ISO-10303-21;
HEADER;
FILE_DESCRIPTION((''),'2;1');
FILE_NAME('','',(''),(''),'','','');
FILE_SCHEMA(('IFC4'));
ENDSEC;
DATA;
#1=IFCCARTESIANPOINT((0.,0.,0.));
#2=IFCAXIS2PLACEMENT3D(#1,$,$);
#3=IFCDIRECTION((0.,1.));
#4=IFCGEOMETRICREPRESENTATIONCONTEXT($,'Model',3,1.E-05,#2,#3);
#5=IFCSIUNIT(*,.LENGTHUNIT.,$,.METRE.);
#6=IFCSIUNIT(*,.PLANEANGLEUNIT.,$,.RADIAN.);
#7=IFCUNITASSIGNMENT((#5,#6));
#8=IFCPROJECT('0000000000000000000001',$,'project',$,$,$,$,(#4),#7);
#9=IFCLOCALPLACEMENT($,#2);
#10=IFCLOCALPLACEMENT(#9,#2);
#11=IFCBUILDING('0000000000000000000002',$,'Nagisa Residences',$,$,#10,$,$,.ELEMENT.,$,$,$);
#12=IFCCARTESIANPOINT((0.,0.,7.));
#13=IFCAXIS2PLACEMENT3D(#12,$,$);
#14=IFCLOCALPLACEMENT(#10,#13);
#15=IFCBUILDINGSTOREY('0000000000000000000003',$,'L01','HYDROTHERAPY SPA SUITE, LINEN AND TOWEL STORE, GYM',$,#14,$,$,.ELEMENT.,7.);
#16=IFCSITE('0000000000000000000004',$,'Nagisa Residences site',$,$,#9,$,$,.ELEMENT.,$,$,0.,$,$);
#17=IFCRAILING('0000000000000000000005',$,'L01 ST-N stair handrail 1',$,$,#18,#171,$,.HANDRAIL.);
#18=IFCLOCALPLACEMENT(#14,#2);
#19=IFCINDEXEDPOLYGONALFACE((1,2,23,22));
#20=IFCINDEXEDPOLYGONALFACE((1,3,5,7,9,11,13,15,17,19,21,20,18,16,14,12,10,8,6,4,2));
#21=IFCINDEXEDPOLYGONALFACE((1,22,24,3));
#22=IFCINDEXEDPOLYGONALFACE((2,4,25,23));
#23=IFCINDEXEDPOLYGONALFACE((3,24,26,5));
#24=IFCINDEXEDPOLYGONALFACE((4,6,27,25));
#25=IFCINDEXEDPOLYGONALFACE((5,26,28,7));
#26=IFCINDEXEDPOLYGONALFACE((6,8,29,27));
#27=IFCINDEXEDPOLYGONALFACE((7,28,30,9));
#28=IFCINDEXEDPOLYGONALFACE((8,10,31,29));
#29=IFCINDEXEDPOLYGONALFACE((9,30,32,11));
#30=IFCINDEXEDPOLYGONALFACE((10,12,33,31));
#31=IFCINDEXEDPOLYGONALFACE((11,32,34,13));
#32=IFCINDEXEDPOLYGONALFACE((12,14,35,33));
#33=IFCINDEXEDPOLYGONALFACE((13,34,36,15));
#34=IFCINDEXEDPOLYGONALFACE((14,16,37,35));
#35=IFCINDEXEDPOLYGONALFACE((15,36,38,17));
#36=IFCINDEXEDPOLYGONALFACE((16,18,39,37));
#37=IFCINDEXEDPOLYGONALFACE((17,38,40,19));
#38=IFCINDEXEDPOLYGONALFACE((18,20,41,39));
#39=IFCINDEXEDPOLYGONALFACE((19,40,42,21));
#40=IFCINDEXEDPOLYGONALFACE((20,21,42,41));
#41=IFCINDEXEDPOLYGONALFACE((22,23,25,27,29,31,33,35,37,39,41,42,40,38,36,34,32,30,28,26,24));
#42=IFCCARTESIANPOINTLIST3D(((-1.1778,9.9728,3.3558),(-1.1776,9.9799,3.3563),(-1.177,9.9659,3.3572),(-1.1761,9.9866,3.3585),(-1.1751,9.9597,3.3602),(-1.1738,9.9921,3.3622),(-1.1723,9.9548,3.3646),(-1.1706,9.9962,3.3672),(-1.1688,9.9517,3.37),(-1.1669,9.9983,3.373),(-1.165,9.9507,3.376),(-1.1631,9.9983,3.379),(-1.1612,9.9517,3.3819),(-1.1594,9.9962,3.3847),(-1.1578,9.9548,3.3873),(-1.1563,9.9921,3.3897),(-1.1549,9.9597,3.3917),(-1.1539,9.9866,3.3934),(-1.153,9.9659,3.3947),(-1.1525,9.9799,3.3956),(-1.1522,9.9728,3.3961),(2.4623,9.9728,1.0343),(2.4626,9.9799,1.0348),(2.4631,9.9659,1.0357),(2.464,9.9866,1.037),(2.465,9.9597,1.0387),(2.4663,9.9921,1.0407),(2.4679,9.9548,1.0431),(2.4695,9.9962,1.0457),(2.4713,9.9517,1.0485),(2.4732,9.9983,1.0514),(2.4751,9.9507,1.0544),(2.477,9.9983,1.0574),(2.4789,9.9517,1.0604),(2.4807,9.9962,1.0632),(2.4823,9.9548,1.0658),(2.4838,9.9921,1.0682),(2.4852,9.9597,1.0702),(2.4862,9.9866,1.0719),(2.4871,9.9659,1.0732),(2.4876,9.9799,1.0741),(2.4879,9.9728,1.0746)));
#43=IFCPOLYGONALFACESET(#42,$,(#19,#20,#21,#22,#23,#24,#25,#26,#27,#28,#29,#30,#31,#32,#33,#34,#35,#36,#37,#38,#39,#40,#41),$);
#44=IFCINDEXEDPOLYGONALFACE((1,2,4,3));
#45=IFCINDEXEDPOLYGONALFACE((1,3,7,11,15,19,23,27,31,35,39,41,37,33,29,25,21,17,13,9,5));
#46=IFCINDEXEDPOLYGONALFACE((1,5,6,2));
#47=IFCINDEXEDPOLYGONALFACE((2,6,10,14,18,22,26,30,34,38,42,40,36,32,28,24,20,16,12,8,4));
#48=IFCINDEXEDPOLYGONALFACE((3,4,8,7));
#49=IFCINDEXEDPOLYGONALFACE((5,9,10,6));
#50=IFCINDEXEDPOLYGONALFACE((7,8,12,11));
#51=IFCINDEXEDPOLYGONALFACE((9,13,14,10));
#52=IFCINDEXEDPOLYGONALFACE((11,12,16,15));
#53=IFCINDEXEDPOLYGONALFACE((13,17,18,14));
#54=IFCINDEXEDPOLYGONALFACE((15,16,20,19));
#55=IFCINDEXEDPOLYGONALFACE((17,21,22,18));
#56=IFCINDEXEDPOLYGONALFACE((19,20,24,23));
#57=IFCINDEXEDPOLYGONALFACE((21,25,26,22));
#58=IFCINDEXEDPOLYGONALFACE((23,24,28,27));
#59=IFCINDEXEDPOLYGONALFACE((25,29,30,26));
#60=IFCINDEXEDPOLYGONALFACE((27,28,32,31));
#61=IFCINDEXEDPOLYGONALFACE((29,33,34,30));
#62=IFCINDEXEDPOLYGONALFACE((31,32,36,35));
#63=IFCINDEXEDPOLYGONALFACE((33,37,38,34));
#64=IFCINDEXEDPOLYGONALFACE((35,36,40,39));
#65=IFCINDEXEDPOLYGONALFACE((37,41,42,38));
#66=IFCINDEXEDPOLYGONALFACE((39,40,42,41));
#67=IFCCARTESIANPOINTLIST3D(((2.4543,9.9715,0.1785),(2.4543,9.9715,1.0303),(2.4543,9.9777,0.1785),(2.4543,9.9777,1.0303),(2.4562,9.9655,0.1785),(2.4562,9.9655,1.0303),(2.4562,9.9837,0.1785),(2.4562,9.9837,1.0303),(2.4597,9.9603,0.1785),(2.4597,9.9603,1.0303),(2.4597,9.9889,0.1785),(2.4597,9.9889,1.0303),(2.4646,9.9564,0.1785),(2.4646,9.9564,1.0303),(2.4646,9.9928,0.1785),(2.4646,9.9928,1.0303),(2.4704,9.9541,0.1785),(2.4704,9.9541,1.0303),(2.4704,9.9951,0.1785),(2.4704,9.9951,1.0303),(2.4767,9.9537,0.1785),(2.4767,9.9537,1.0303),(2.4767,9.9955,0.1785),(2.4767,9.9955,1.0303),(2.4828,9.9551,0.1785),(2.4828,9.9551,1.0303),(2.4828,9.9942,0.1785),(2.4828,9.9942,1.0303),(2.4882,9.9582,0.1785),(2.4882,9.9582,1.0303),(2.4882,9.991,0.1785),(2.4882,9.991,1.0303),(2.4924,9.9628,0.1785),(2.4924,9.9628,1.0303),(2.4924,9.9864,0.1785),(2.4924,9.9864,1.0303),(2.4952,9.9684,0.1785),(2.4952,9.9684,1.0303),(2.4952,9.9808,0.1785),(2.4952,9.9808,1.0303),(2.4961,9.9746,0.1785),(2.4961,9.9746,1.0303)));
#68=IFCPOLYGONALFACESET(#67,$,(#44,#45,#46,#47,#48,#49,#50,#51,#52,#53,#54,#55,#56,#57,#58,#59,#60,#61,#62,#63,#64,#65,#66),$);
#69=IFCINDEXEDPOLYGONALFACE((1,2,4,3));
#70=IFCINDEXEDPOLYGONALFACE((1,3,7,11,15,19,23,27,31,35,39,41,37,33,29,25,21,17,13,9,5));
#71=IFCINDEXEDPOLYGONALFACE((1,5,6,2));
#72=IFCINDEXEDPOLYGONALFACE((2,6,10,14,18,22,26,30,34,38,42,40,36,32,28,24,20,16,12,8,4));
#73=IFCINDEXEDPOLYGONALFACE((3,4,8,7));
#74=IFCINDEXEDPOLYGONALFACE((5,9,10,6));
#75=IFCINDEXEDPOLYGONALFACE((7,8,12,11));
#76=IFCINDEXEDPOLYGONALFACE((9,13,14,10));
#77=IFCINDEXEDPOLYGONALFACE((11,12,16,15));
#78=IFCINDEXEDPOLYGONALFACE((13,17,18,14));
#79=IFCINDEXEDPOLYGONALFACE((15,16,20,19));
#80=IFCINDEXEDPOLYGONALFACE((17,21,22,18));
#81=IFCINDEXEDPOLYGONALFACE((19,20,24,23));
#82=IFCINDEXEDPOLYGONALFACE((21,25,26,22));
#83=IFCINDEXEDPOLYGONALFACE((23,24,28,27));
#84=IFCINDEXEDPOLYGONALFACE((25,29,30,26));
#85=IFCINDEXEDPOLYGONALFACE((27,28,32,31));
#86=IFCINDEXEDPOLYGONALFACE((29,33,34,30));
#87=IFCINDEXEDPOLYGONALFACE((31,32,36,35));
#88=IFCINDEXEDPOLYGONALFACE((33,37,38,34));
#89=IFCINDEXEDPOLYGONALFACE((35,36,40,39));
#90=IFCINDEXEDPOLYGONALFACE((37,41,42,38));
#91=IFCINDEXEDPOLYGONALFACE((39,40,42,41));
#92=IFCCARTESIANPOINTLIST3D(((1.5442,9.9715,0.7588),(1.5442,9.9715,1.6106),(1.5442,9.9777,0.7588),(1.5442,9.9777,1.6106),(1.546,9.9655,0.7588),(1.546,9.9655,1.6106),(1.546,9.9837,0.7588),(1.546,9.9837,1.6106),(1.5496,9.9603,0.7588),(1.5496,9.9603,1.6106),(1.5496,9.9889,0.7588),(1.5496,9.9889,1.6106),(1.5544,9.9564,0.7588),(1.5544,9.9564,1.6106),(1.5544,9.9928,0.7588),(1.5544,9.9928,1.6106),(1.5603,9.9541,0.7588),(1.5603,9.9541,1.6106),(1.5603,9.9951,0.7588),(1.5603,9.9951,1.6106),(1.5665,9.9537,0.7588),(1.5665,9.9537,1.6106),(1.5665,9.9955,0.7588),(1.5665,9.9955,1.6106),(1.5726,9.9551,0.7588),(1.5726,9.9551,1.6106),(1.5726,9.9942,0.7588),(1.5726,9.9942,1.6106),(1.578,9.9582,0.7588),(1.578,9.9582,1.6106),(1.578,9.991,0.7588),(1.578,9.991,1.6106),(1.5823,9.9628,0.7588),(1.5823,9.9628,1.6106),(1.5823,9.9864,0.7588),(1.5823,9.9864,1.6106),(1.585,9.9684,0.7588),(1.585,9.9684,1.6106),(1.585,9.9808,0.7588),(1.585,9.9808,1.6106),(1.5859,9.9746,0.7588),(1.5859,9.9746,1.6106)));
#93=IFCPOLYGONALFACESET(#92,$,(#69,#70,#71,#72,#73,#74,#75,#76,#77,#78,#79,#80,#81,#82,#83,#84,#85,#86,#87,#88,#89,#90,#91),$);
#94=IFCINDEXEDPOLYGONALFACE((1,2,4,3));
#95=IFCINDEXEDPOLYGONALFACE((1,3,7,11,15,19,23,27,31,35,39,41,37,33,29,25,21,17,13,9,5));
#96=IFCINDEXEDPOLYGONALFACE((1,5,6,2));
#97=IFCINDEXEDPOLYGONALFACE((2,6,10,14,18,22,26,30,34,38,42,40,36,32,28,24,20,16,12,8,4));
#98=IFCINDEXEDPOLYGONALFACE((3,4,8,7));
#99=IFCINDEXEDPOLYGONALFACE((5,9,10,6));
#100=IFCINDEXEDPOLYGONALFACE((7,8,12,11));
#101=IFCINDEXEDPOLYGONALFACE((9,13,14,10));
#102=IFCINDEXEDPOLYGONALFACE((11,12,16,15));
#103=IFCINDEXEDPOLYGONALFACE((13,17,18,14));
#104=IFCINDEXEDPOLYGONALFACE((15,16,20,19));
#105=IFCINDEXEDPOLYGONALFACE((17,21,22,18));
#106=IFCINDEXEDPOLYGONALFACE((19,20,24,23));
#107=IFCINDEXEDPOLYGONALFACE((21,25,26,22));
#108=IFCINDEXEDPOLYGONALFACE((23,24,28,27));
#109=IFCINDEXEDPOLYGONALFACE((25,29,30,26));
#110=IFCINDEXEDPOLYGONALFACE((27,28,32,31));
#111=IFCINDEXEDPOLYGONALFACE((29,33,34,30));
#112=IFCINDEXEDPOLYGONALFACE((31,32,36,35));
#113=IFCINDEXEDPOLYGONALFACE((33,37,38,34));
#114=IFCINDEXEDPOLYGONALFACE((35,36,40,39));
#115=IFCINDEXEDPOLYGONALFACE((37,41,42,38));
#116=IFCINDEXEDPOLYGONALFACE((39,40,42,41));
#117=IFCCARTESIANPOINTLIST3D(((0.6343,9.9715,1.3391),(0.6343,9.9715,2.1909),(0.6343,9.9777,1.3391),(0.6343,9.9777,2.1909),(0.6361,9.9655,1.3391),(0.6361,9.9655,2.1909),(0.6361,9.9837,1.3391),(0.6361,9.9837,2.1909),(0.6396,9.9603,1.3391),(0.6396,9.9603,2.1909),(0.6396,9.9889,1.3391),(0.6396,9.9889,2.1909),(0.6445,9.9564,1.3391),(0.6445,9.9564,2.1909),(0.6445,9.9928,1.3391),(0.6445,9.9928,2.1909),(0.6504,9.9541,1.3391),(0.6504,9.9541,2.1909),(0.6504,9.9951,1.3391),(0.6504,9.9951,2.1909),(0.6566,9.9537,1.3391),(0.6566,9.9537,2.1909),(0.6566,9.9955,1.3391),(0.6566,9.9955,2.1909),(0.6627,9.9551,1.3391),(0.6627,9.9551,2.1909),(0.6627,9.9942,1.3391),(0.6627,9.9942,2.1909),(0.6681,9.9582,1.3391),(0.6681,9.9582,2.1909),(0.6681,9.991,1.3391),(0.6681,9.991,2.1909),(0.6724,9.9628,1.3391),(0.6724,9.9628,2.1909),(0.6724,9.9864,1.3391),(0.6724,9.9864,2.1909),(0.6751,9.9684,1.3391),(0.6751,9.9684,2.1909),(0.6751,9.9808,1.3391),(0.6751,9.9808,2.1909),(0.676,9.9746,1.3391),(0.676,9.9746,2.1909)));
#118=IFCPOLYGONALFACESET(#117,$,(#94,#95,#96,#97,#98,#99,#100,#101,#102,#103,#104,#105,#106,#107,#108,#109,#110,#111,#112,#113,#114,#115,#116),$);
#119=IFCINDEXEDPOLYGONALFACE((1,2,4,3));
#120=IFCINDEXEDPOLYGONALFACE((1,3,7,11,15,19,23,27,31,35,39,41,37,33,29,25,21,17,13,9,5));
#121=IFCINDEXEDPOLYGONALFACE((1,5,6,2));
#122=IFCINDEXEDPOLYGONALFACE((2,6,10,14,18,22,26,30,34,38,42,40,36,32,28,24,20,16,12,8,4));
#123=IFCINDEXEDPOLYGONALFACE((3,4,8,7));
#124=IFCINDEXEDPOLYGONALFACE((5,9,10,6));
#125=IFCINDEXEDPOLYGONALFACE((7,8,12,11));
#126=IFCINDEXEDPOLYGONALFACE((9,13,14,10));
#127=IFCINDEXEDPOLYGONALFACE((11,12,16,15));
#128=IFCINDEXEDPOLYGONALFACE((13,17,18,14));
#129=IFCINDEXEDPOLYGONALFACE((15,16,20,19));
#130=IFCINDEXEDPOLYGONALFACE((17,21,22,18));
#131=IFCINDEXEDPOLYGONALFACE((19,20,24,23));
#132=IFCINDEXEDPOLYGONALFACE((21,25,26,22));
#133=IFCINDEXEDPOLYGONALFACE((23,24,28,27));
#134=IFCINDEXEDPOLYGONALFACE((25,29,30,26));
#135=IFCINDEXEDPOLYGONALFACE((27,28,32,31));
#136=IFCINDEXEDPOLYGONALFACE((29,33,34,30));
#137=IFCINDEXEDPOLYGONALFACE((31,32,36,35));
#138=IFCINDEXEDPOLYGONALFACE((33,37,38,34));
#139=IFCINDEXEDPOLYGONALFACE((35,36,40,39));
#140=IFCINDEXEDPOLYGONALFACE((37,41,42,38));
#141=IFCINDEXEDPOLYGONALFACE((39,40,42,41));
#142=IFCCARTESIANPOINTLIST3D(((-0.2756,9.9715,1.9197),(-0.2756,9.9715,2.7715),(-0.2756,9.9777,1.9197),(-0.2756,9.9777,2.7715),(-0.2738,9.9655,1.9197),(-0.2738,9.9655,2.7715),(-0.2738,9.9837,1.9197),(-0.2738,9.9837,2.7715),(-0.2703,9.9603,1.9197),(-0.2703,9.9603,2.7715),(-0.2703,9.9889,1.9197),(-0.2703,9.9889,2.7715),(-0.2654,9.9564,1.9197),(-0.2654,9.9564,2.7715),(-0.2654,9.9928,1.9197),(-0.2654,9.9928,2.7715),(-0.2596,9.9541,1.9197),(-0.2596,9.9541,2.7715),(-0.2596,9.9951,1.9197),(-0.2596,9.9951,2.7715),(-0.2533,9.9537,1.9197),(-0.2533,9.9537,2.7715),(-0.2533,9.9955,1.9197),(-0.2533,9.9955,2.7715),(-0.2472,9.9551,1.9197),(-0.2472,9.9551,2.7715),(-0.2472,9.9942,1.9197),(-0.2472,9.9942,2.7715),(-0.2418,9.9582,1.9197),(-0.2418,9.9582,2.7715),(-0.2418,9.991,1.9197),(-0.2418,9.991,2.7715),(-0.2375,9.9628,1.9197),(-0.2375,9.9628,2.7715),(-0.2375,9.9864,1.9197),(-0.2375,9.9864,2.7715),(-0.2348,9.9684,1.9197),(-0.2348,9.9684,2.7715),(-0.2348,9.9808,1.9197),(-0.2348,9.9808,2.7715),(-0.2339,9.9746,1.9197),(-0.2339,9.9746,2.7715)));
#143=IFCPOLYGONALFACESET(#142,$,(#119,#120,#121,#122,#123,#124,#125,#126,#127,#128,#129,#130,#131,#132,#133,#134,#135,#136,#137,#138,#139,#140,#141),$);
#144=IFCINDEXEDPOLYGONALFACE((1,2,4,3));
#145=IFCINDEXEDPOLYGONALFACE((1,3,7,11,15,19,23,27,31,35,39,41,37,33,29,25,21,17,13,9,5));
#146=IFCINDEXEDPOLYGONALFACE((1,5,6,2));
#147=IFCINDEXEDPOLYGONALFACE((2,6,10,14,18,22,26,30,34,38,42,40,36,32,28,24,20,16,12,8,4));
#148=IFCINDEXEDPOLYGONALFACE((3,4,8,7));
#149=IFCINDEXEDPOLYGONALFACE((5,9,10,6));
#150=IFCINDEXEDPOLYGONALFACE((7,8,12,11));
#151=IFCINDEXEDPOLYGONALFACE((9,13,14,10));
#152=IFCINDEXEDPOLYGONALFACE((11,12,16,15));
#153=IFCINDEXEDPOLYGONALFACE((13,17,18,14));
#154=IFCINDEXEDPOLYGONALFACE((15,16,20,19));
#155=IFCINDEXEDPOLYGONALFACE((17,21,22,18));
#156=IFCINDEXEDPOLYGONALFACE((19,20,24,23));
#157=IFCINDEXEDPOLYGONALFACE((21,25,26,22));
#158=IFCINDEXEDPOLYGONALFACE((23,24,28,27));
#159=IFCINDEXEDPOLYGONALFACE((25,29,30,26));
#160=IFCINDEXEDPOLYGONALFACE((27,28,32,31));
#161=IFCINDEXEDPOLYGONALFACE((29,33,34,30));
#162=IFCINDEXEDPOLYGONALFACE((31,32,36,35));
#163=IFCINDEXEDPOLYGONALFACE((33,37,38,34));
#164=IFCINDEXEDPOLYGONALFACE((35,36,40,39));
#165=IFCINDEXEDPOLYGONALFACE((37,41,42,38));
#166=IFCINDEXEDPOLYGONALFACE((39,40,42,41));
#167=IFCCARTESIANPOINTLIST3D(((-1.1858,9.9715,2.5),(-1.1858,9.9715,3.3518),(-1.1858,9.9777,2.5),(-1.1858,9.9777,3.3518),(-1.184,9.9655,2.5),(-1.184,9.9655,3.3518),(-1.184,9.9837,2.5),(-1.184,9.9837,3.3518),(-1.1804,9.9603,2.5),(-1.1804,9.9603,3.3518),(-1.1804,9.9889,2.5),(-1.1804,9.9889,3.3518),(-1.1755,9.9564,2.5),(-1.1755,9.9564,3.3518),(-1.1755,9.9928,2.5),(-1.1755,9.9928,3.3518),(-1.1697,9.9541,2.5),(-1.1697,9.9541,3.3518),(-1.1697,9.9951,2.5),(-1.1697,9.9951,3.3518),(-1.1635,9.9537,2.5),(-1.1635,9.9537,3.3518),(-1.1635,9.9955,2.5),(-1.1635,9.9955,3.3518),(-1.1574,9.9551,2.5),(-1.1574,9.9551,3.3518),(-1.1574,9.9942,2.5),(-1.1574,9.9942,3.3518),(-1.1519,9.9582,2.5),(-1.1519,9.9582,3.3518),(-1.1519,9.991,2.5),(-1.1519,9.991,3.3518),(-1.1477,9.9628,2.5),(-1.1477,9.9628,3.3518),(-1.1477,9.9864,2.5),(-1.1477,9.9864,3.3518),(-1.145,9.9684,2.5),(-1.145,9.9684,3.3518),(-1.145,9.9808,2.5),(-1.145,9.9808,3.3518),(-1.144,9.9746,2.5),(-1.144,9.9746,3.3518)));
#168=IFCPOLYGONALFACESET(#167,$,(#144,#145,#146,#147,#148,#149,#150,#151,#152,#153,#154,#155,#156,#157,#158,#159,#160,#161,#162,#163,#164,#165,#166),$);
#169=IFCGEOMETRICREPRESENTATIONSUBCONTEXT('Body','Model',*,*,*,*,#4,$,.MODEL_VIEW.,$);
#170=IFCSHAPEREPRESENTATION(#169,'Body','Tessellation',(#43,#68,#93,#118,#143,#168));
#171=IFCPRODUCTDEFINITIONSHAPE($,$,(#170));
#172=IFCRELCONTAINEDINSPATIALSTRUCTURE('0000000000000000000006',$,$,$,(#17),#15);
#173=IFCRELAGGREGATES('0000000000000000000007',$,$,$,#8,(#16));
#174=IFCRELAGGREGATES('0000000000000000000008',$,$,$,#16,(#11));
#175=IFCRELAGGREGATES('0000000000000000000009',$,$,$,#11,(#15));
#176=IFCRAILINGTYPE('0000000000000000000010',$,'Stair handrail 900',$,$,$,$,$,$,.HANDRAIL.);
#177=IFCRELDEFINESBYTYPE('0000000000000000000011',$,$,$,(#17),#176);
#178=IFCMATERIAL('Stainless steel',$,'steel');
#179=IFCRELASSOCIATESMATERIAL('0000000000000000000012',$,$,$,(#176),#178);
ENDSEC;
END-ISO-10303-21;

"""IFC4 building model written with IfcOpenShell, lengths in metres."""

from ifc_helpers import new_model, si_unit, direction, frame, origin, origin_2d, place, context, subcontext, project, spatial, circle, extrude, material, type_object, element, save


model = new_model("IFC4")

# Units and contexts
model_context = context("Model", 3, precision=1e-05, world=origin(), true_north=direction((0.0, 1.0)))
body_context = subcontext(model_context, "Body", "Model", "MODEL_VIEW")
ifc_project = project(units=[si_unit("LENGTHUNIT", "METRE"), si_unit("PLANEANGLEUNIT", "RADIAN")], contexts=[model_context])

# Site, building, storey
site_placement = place(None, origin())
site = spatial("IfcSite", under=ifc_project, at=site_placement, Name="Nagisa Residences site", CompositionType="ELEMENT", RefElevation=0.0)
building_placement = place(site_placement, origin())
building = spatial("IfcBuilding", under=site, at=building_placement, Name="Nagisa Residences", CompositionType="ELEMENT")
storey_placement = place(building_placement, frame((0.0, 0.0, 7.0)))
storey = spatial("IfcBuildingStorey", under=building, at=storey_placement, Name="L01", Description="HYDROTHERAPY SPA SUITE, LINEN AND TOWEL STORE, GYM", CompositionType="ELEMENT", Elevation=7.0)

# Railing
ifc_material_1 = material(Name="Stainless steel", Category="steel")
railing_type_1 = type_object("IfcRailingType", Name="Stair handrail 900", PredefinedType="HANDRAIL", material=ifc_material_1)
railing_1_placement = place(storey_placement, frame((2.4751, 9.9746, 0.1785)))
element("IfcRailing", 1, at=railing_1_placement, inside=storey, type_object=railing_type_1, Name="L01 ST-N stair handrail 1", PredefinedType="HANDRAIL", context=body_context, shape_type="SweptSolid", body=[
    extrude(circle(Radius=0.0239, at=origin_2d()), frame((0.0, 0.0, 0.876), z_axis=(-0.843128, 0.0, 0.537713), x_axis=(0.0, -1.0, 0.0)), (0.0, 0.0, 1.0), 4.3174),
    extrude(circle(Radius=0.021, at=origin_2d()), origin(), (0.0, 0.0, 1.0), 0.8518),
    extrude(circle(Radius=0.021, at=origin_2d()), frame((-0.9102, 0.0, 0.5803)), (0.0, 0.0, 1.0), 0.8518),
    extrude(circle(Radius=0.021, at=origin_2d()), frame((-1.8201, 0.0, 1.1606)), (0.0, 0.0, 1.0), 0.8518),
    extrude(circle(Radius=0.021, at=origin_2d()), frame((-2.73, 0.0, 1.7412)), (0.0, 0.0, 1.0), 0.8518),
    extrude(circle(Radius=0.021, at=origin_2d()), frame((-3.6401, 0.0, 2.3215)), (0.0, 0.0, 1.0), 0.8518),
])

save(model, "model.ifc")
